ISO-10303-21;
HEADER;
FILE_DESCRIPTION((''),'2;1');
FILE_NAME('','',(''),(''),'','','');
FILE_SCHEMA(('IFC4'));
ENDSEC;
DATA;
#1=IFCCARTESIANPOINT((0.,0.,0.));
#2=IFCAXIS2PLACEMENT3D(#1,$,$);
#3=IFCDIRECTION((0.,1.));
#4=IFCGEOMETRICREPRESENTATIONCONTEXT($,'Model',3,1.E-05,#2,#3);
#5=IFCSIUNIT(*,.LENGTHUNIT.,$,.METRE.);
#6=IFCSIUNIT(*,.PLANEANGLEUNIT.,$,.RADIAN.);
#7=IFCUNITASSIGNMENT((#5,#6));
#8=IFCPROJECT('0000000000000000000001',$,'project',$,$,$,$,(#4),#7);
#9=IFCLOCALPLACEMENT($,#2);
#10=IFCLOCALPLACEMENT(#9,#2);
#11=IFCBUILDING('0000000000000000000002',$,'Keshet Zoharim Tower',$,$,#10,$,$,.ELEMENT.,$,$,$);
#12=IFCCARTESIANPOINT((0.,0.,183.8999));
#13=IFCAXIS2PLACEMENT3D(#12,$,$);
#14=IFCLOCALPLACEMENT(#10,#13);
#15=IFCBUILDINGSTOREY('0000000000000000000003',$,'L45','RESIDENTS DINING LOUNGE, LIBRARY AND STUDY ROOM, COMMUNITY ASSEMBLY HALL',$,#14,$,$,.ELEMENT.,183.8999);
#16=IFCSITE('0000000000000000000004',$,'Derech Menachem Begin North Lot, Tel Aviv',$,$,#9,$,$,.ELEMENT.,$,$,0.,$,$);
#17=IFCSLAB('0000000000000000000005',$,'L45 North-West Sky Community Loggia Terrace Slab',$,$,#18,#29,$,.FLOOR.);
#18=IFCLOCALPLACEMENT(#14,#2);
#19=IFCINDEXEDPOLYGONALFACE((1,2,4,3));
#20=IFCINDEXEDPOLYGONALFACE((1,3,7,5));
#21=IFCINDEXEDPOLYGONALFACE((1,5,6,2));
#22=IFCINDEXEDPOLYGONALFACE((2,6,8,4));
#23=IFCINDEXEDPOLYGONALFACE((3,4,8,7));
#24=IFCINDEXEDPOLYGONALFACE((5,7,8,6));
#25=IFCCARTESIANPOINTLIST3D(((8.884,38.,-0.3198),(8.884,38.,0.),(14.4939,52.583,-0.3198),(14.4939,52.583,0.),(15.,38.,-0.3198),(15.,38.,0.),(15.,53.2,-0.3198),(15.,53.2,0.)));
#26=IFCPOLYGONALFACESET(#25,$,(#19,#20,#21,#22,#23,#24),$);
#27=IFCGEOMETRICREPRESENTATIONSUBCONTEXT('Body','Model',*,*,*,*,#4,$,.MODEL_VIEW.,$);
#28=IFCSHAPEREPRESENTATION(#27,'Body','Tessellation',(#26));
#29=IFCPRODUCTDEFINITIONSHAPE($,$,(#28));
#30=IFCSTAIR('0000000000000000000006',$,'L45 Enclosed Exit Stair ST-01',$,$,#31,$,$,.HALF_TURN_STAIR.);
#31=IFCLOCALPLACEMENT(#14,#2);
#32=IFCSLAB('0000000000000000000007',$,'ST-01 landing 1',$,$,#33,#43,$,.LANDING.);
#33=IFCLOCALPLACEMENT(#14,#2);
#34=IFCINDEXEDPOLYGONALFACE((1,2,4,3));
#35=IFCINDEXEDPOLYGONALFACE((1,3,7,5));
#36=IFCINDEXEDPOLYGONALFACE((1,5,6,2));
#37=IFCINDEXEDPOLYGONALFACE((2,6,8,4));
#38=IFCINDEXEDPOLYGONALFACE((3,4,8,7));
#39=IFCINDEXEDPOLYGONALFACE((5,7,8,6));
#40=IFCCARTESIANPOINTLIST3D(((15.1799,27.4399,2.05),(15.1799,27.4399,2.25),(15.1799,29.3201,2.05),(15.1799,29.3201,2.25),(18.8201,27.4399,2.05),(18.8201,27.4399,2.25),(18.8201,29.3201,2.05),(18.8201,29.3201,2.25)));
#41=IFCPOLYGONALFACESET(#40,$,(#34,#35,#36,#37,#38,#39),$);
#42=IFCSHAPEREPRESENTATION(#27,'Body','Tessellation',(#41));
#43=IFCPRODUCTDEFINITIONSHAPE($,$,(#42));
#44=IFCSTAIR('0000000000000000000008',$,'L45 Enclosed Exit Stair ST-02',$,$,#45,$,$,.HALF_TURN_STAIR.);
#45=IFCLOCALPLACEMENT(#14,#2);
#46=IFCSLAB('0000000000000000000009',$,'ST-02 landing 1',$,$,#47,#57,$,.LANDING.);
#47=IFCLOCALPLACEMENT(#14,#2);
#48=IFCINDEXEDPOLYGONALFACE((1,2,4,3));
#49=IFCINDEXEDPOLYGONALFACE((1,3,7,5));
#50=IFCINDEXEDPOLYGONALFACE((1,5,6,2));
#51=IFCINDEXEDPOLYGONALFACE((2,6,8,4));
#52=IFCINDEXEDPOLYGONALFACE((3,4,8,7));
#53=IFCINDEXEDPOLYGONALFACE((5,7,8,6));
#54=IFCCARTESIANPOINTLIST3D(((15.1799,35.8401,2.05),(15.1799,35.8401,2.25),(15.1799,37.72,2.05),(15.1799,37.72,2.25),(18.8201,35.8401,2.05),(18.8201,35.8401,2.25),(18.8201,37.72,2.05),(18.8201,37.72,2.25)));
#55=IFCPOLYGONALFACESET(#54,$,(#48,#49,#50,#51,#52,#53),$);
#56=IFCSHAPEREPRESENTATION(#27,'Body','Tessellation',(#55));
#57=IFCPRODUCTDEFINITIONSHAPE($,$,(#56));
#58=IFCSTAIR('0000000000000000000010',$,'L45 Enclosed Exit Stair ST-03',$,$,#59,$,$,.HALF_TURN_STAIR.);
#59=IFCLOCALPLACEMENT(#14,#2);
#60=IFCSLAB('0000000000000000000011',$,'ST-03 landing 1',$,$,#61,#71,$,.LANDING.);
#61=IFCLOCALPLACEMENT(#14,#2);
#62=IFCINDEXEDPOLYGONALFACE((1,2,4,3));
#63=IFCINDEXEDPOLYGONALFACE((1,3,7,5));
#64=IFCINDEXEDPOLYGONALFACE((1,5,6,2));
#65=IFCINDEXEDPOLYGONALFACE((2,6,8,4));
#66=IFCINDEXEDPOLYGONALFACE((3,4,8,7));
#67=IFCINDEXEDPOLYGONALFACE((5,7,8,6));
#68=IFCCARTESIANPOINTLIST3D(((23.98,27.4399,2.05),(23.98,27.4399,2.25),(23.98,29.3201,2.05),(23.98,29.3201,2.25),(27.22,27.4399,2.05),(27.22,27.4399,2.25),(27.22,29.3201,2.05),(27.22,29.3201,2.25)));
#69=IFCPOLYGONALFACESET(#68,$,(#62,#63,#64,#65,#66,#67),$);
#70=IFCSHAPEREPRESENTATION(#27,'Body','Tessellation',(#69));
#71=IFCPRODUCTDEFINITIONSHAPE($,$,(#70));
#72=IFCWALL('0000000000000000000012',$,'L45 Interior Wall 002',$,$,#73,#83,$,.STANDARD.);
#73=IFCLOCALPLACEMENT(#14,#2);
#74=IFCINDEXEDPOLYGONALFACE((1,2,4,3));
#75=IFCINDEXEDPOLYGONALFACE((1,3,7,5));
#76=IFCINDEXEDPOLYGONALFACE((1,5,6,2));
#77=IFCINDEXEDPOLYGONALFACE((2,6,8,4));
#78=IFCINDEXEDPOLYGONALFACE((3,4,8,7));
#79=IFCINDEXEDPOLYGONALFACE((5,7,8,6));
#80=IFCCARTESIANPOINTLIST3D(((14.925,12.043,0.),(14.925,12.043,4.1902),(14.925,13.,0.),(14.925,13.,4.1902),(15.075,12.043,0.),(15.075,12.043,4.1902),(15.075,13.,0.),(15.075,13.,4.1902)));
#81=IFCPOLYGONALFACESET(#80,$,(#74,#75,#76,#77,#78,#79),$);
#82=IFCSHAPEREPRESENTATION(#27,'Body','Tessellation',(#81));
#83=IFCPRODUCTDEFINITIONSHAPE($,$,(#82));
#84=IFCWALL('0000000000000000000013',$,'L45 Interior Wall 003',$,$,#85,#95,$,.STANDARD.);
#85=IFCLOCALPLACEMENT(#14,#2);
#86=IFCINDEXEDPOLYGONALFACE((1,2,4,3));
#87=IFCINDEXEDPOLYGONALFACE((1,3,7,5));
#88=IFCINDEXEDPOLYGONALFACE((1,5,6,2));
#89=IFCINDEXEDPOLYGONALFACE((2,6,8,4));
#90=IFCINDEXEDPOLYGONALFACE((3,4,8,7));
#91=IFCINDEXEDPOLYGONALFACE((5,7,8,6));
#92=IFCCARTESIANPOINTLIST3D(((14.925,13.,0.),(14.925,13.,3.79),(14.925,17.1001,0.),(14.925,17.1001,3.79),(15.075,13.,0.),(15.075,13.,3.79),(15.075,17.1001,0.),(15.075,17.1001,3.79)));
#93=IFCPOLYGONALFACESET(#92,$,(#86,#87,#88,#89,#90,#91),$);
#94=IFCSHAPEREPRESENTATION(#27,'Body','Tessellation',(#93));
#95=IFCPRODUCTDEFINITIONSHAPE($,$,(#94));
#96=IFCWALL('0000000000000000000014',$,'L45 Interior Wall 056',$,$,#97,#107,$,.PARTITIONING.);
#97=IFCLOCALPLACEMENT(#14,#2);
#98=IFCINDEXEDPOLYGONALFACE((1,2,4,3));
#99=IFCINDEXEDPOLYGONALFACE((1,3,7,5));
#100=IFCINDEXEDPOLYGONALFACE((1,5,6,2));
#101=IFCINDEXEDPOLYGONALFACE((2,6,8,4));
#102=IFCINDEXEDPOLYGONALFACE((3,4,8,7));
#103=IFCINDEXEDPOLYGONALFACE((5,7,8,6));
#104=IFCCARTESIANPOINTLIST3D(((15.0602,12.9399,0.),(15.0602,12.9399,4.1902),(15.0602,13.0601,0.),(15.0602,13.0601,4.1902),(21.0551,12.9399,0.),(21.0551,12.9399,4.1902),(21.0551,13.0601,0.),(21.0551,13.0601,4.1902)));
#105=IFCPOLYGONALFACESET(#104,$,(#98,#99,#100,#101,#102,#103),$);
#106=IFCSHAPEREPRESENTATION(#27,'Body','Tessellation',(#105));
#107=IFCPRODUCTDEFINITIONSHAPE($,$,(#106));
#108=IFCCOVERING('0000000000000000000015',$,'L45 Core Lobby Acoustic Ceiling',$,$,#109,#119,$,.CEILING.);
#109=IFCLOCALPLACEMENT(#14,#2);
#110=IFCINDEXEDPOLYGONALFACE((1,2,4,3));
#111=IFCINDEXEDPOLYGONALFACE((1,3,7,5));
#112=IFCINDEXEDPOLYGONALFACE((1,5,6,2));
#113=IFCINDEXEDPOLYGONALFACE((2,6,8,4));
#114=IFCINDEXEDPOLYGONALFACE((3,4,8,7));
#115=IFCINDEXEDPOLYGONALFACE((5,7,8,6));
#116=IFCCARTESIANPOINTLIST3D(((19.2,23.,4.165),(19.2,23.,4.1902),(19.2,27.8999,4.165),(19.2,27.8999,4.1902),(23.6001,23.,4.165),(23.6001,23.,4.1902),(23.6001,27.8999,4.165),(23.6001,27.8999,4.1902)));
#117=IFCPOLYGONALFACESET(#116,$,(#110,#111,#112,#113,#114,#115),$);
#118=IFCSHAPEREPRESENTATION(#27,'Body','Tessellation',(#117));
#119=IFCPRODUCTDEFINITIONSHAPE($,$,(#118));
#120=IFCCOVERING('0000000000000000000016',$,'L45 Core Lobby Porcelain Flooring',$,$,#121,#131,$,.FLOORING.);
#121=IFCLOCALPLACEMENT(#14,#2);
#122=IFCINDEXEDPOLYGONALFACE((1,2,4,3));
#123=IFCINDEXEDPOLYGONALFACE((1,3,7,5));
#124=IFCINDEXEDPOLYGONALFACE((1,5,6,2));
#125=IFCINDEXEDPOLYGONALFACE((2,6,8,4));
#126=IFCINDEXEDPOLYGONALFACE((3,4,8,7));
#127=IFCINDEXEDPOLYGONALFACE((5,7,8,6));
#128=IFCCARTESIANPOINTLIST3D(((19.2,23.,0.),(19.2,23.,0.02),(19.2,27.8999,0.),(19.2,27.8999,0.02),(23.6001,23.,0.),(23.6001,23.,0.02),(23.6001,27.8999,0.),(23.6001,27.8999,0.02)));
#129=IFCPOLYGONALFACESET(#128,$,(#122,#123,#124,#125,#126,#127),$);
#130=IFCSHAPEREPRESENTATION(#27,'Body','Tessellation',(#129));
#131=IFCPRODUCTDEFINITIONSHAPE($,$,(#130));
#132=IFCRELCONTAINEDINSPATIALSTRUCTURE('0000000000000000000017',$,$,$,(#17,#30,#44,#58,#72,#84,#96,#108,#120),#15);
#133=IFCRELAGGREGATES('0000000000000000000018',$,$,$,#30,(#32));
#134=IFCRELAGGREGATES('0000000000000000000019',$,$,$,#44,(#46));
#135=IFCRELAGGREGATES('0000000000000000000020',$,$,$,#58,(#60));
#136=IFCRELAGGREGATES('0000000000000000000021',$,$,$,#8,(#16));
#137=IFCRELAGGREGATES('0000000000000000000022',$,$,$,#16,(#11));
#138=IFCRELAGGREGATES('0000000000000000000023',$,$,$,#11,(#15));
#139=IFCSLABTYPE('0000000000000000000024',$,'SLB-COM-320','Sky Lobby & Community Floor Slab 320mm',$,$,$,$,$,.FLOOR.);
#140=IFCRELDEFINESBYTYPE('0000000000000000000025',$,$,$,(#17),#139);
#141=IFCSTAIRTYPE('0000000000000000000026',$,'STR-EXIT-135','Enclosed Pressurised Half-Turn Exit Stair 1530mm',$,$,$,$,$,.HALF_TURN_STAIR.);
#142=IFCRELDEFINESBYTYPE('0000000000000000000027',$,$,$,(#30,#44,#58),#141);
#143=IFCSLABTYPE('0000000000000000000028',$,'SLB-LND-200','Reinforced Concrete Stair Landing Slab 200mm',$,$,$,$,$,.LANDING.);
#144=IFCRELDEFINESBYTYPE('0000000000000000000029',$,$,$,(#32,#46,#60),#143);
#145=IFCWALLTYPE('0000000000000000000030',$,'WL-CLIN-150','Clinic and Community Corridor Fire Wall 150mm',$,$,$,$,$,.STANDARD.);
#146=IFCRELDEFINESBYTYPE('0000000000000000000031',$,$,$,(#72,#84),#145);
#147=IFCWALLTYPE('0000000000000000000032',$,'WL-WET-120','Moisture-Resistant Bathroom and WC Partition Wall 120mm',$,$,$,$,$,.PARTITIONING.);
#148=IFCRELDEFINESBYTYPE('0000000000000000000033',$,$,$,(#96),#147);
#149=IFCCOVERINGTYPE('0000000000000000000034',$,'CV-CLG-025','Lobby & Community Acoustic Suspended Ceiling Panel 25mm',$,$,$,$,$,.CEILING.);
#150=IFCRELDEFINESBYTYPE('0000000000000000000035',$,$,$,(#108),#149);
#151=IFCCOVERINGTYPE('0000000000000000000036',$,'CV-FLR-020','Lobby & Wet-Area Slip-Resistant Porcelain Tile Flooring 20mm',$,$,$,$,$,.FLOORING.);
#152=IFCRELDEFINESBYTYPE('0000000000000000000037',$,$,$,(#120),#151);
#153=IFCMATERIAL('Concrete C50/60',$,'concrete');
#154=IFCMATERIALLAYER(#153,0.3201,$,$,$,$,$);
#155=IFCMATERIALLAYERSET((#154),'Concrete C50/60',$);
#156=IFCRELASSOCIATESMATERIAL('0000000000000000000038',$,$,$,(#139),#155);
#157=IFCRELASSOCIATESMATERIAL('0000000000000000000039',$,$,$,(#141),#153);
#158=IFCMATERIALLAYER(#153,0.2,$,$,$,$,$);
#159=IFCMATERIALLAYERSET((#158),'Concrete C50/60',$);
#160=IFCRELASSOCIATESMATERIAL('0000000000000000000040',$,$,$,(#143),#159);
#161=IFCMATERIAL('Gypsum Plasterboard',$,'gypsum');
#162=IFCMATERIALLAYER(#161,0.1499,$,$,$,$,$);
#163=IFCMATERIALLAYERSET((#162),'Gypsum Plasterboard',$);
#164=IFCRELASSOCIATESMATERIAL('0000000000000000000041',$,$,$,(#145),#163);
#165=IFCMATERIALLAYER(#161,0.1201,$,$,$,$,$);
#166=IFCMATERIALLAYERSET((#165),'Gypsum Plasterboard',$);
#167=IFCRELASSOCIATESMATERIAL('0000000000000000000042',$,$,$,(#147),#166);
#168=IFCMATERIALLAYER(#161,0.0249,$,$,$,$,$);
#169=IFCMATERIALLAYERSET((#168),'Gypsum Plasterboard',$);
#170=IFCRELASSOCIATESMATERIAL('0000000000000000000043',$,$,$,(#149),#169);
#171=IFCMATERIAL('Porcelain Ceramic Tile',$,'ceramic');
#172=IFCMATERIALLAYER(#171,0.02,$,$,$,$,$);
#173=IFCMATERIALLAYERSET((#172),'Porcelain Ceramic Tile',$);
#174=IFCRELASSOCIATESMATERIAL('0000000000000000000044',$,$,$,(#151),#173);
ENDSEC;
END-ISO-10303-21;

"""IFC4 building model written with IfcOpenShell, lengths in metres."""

from ifc_helpers import new_model, si_unit, direction, frame, frame_2d, origin, place, context, subcontext, project, spatial, polyline, rectangle, outline, extrude, material, layer, layer_set, type_object, element, aggregate, save


model = new_model("IFC4")

# Units and contexts
model_context = context("Model", 3, precision=1e-05, world=origin(), true_north=direction((0.0, 1.0)))
body_context = subcontext(model_context, "Body", "Model", "MODEL_VIEW")
ifc_project = project(units=[si_unit("LENGTHUNIT", "METRE"), si_unit("PLANEANGLEUNIT", "RADIAN")], contexts=[model_context])

# Site, building, storey
site_placement = place(None, origin())
site = spatial("IfcSite", under=ifc_project, at=site_placement, Name="Derech Menachem Begin North Lot, Tel Aviv", CompositionType="ELEMENT", RefElevation=0.0)
building_placement = place(site_placement, origin())
building = spatial("IfcBuilding", under=site, at=building_placement, Name="Keshet Zoharim Tower", CompositionType="ELEMENT")
storey_placement = place(building_placement, frame((0.0, 0.0, 183.8999)))
storey = spatial("IfcBuildingStorey", under=building, at=storey_placement, Name="L45", Description="RESIDENTS DINING LOUNGE, LIBRARY AND STUDY ROOM, COMMUNITY ASSEMBLY HALL", CompositionType="ELEMENT", Elevation=183.8999)

# Slab
ifc_material_1 = material(Name="Concrete C50/60", Category="concrete")
ifc_layer_1 = layer(ifc_material_1, 0.3201)
ifc_layer_set_1 = layer_set([ifc_layer_1], Name="Concrete C50/60")
slab_type_1 = type_object("IfcSlabType", Name="SLB-COM-320", Description="Sky Lobby & Community Floor Slab 320mm", PredefinedType="FLOOR", material=ifc_layer_set_1)
slab_1_placement = place(storey_placement, frame((0.0, 0.0, -0.3198)))
element("IfcSlab", 1, at=slab_1_placement, inside=storey, type_object=slab_type_1, Name="L45 North-West Sky Community Loggia Terrace Slab", PredefinedType="FLOOR", context=body_context, shape_type="SweptSolid", body=[
    extrude(outline(polyline([(15.0, 53.2), (15.0, 38.0), (8.884, 38.0), (14.4939, 52.583), (15.0, 53.2)])), origin(), (0.0, 0.0, 1.0), 0.3198),
])

# Stairs, slabs
stair_type = type_object("IfcStairType", Name="STR-EXIT-135", Description="Enclosed Pressurised Half-Turn Exit Stair 1530mm", PredefinedType="HALF_TURN_STAIR", material=ifc_material_1)
stair_1_placement = place(storey_placement, origin())
stair_1 = element("IfcStair", 2, at=stair_1_placement, inside=storey, type_object=stair_type, Name="L45 Enclosed Exit Stair ST-01", PredefinedType="HALF_TURN_STAIR")
ifc_layer_2 = layer(ifc_material_1, 0.2)
ifc_layer_set_2 = layer_set([ifc_layer_2], Name="Concrete C50/60")
slab_type_2 = type_object("IfcSlabType", Name="SLB-LND-200", Description="Reinforced Concrete Stair Landing Slab 200mm", PredefinedType="LANDING", material=ifc_layer_set_2)
slab_2_placement = place(storey_placement, frame((0.0, 0.0, 2.05)))
slab_2 = element("IfcSlab", 3, at=slab_2_placement, type_object=slab_type_2, Name="ST-01 landing 1", PredefinedType="LANDING", context=body_context, shape_type="SweptSolid", body=[
    extrude(outline(polyline([(15.1799, 27.4399), (18.8201, 27.4399), (18.8201, 29.3201), (15.1799, 29.3201), (15.1799, 27.4399)])), origin(), (0.0, 0.0, 1.0), 0.2),
])
aggregate(stair_1, [slab_2])
stair_2_placement = place(storey_placement, origin())
stair_2 = element("IfcStair", 4, at=stair_2_placement, inside=storey, type_object=stair_type, Name="L45 Enclosed Exit Stair ST-02", PredefinedType="HALF_TURN_STAIR")
slab_3_placement = place(storey_placement, frame((0.0, 0.0, 2.05)))
slab_3 = element("IfcSlab", 5, at=slab_3_placement, type_object=slab_type_2, Name="ST-02 landing 1", PredefinedType="LANDING", context=body_context, shape_type="SweptSolid", body=[
    extrude(outline(polyline([(15.1799, 35.8401), (18.8201, 35.8401), (18.8201, 37.72), (15.1799, 37.72), (15.1799, 35.8401)])), origin(), (0.0, 0.0, 1.0), 0.2),
])
aggregate(stair_2, [slab_3])
stair_3_placement = place(storey_placement, origin())
stair_3 = element("IfcStair", 6, at=stair_3_placement, inside=storey, type_object=stair_type, Name="L45 Enclosed Exit Stair ST-03", PredefinedType="HALF_TURN_STAIR")
slab_4_placement = place(storey_placement, frame((0.0, 0.0, 2.05)))
slab_4 = element("IfcSlab", 7, at=slab_4_placement, type_object=slab_type_2, Name="ST-03 landing 1", PredefinedType="LANDING", context=body_context, shape_type="SweptSolid", body=[
    extrude(outline(polyline([(23.98, 27.4399), (27.22, 27.4399), (27.22, 29.3201), (23.98, 29.3201), (23.98, 27.4399)])), origin(), (0.0, 0.0, 1.0), 0.2),
])
aggregate(stair_3, [slab_4])

# Walls
ifc_material_2 = material(Name="Gypsum Plasterboard", Category="gypsum")
ifc_layer_3 = layer(ifc_material_2, 0.1499)
ifc_layer_set_3 = layer_set([ifc_layer_3], Name="Gypsum Plasterboard")
wall_type_1 = type_object("IfcWallType", Name="WL-CLIN-150", Description="Clinic and Community Corridor Fire Wall 150mm", PredefinedType="STANDARD", material=ifc_layer_set_3)
wall_1_placement = place(storey_placement, frame((15.0, 12.043, 0.0), z_axis=(0.0, 0.0, 1.0), x_axis=(0.0, 1.0, 0.0)))
element("IfcWall", 8, at=wall_1_placement, inside=storey, type_object=wall_type_1, Name="L45 Interior Wall 002", PredefinedType="STANDARD", context=body_context, shape_type="SweptSolid", body=[
    extrude(rectangle(XDim=0.957, YDim=0.1499, at=frame_2d((0.4785, 0.0))), origin(), (0.0, 0.0, 1.0), 4.1902),
])
wall_2_placement = place(storey_placement, frame((15.0, 13.0, 0.0), z_axis=(0.0, 0.0, 1.0), x_axis=(0.0, 1.0, 0.0)))
element("IfcWall", 9, at=wall_2_placement, inside=storey, type_object=wall_type_1, Name="L45 Interior Wall 003", PredefinedType="STANDARD", context=body_context, shape_type="SweptSolid", body=[
    extrude(rectangle(XDim=4.1001, YDim=0.1499, at=frame_2d((2.05, 0.0))), origin(), (0.0, 0.0, 1.0), 3.79),
])
ifc_layer_4 = layer(ifc_material_2, 0.1201)
ifc_layer_set_4 = layer_set([ifc_layer_4], Name="Gypsum Plasterboard")
wall_type_2 = type_object("IfcWallType", Name="WL-WET-120", Description="Moisture-Resistant Bathroom and WC Partition Wall 120mm", PredefinedType="PARTITIONING", material=ifc_layer_set_4)
wall_3_placement = place(storey_placement, frame((15.0601, 13.0, 0.0), z_axis=(0.0, 0.0, 1.0), x_axis=(1.0, 0.0, 0.0)))
element("IfcWall", 10, at=wall_3_placement, inside=storey, type_object=wall_type_2, Name="L45 Interior Wall 056", PredefinedType="PARTITIONING", context=body_context, shape_type="SweptSolid", body=[
    extrude(rectangle(XDim=5.9949, YDim=0.1201, at=frame_2d((2.9976, 0.0))), origin(), (0.0, 0.0, 1.0), 4.1902),
])

# Coverings
ifc_layer_5 = layer(ifc_material_2, 0.0249)
ifc_layer_set_5 = layer_set([ifc_layer_5], Name="Gypsum Plasterboard")
covering_type_1 = type_object("IfcCoveringType", Name="CV-CLG-025", Description="Lobby & Community Acoustic Suspended Ceiling Panel 25mm", PredefinedType="CEILING", material=ifc_layer_set_5)
covering_1_placement = place(storey_placement, frame((0.0, 0.0, 4.165)))
element("IfcCovering", 11, at=covering_1_placement, inside=storey, type_object=covering_type_1, Name="L45 Core Lobby Acoustic Ceiling", PredefinedType="CEILING", context=body_context, shape_type="SweptSolid", body=[
    extrude(outline(polyline([(19.2, 23.0), (23.6001, 23.0), (23.6001, 27.8999), (19.2, 27.8999), (19.2, 23.0)])), origin(), (0.0, 0.0, 1.0), 0.0251),
])
ifc_material_3 = material(Name="Porcelain Ceramic Tile", Category="ceramic")
ifc_layer_6 = layer(ifc_material_3, 0.02)
ifc_layer_set_6 = layer_set([ifc_layer_6], Name="Porcelain Ceramic Tile")
covering_type_2 = type_object("IfcCoveringType", Name="CV-FLR-020", Description="Lobby & Wet-Area Slip-Resistant Porcelain Tile Flooring 20mm", PredefinedType="FLOORING", material=ifc_layer_set_6)
covering_2_placement = place(storey_placement, origin())
element("IfcCovering", 12, at=covering_2_placement, inside=storey, type_object=covering_type_2, Name="L45 Core Lobby Porcelain Flooring", PredefinedType="FLOORING", context=body_context, shape_type="SweptSolid", body=[
    extrude(outline(polyline([(19.2, 23.0), (23.6001, 23.0), (23.6001, 27.8999), (19.2, 27.8999), (19.2, 23.0)])), origin(), (0.0, 0.0, 1.0), 0.02),
])

save(model, "model.ifc")
